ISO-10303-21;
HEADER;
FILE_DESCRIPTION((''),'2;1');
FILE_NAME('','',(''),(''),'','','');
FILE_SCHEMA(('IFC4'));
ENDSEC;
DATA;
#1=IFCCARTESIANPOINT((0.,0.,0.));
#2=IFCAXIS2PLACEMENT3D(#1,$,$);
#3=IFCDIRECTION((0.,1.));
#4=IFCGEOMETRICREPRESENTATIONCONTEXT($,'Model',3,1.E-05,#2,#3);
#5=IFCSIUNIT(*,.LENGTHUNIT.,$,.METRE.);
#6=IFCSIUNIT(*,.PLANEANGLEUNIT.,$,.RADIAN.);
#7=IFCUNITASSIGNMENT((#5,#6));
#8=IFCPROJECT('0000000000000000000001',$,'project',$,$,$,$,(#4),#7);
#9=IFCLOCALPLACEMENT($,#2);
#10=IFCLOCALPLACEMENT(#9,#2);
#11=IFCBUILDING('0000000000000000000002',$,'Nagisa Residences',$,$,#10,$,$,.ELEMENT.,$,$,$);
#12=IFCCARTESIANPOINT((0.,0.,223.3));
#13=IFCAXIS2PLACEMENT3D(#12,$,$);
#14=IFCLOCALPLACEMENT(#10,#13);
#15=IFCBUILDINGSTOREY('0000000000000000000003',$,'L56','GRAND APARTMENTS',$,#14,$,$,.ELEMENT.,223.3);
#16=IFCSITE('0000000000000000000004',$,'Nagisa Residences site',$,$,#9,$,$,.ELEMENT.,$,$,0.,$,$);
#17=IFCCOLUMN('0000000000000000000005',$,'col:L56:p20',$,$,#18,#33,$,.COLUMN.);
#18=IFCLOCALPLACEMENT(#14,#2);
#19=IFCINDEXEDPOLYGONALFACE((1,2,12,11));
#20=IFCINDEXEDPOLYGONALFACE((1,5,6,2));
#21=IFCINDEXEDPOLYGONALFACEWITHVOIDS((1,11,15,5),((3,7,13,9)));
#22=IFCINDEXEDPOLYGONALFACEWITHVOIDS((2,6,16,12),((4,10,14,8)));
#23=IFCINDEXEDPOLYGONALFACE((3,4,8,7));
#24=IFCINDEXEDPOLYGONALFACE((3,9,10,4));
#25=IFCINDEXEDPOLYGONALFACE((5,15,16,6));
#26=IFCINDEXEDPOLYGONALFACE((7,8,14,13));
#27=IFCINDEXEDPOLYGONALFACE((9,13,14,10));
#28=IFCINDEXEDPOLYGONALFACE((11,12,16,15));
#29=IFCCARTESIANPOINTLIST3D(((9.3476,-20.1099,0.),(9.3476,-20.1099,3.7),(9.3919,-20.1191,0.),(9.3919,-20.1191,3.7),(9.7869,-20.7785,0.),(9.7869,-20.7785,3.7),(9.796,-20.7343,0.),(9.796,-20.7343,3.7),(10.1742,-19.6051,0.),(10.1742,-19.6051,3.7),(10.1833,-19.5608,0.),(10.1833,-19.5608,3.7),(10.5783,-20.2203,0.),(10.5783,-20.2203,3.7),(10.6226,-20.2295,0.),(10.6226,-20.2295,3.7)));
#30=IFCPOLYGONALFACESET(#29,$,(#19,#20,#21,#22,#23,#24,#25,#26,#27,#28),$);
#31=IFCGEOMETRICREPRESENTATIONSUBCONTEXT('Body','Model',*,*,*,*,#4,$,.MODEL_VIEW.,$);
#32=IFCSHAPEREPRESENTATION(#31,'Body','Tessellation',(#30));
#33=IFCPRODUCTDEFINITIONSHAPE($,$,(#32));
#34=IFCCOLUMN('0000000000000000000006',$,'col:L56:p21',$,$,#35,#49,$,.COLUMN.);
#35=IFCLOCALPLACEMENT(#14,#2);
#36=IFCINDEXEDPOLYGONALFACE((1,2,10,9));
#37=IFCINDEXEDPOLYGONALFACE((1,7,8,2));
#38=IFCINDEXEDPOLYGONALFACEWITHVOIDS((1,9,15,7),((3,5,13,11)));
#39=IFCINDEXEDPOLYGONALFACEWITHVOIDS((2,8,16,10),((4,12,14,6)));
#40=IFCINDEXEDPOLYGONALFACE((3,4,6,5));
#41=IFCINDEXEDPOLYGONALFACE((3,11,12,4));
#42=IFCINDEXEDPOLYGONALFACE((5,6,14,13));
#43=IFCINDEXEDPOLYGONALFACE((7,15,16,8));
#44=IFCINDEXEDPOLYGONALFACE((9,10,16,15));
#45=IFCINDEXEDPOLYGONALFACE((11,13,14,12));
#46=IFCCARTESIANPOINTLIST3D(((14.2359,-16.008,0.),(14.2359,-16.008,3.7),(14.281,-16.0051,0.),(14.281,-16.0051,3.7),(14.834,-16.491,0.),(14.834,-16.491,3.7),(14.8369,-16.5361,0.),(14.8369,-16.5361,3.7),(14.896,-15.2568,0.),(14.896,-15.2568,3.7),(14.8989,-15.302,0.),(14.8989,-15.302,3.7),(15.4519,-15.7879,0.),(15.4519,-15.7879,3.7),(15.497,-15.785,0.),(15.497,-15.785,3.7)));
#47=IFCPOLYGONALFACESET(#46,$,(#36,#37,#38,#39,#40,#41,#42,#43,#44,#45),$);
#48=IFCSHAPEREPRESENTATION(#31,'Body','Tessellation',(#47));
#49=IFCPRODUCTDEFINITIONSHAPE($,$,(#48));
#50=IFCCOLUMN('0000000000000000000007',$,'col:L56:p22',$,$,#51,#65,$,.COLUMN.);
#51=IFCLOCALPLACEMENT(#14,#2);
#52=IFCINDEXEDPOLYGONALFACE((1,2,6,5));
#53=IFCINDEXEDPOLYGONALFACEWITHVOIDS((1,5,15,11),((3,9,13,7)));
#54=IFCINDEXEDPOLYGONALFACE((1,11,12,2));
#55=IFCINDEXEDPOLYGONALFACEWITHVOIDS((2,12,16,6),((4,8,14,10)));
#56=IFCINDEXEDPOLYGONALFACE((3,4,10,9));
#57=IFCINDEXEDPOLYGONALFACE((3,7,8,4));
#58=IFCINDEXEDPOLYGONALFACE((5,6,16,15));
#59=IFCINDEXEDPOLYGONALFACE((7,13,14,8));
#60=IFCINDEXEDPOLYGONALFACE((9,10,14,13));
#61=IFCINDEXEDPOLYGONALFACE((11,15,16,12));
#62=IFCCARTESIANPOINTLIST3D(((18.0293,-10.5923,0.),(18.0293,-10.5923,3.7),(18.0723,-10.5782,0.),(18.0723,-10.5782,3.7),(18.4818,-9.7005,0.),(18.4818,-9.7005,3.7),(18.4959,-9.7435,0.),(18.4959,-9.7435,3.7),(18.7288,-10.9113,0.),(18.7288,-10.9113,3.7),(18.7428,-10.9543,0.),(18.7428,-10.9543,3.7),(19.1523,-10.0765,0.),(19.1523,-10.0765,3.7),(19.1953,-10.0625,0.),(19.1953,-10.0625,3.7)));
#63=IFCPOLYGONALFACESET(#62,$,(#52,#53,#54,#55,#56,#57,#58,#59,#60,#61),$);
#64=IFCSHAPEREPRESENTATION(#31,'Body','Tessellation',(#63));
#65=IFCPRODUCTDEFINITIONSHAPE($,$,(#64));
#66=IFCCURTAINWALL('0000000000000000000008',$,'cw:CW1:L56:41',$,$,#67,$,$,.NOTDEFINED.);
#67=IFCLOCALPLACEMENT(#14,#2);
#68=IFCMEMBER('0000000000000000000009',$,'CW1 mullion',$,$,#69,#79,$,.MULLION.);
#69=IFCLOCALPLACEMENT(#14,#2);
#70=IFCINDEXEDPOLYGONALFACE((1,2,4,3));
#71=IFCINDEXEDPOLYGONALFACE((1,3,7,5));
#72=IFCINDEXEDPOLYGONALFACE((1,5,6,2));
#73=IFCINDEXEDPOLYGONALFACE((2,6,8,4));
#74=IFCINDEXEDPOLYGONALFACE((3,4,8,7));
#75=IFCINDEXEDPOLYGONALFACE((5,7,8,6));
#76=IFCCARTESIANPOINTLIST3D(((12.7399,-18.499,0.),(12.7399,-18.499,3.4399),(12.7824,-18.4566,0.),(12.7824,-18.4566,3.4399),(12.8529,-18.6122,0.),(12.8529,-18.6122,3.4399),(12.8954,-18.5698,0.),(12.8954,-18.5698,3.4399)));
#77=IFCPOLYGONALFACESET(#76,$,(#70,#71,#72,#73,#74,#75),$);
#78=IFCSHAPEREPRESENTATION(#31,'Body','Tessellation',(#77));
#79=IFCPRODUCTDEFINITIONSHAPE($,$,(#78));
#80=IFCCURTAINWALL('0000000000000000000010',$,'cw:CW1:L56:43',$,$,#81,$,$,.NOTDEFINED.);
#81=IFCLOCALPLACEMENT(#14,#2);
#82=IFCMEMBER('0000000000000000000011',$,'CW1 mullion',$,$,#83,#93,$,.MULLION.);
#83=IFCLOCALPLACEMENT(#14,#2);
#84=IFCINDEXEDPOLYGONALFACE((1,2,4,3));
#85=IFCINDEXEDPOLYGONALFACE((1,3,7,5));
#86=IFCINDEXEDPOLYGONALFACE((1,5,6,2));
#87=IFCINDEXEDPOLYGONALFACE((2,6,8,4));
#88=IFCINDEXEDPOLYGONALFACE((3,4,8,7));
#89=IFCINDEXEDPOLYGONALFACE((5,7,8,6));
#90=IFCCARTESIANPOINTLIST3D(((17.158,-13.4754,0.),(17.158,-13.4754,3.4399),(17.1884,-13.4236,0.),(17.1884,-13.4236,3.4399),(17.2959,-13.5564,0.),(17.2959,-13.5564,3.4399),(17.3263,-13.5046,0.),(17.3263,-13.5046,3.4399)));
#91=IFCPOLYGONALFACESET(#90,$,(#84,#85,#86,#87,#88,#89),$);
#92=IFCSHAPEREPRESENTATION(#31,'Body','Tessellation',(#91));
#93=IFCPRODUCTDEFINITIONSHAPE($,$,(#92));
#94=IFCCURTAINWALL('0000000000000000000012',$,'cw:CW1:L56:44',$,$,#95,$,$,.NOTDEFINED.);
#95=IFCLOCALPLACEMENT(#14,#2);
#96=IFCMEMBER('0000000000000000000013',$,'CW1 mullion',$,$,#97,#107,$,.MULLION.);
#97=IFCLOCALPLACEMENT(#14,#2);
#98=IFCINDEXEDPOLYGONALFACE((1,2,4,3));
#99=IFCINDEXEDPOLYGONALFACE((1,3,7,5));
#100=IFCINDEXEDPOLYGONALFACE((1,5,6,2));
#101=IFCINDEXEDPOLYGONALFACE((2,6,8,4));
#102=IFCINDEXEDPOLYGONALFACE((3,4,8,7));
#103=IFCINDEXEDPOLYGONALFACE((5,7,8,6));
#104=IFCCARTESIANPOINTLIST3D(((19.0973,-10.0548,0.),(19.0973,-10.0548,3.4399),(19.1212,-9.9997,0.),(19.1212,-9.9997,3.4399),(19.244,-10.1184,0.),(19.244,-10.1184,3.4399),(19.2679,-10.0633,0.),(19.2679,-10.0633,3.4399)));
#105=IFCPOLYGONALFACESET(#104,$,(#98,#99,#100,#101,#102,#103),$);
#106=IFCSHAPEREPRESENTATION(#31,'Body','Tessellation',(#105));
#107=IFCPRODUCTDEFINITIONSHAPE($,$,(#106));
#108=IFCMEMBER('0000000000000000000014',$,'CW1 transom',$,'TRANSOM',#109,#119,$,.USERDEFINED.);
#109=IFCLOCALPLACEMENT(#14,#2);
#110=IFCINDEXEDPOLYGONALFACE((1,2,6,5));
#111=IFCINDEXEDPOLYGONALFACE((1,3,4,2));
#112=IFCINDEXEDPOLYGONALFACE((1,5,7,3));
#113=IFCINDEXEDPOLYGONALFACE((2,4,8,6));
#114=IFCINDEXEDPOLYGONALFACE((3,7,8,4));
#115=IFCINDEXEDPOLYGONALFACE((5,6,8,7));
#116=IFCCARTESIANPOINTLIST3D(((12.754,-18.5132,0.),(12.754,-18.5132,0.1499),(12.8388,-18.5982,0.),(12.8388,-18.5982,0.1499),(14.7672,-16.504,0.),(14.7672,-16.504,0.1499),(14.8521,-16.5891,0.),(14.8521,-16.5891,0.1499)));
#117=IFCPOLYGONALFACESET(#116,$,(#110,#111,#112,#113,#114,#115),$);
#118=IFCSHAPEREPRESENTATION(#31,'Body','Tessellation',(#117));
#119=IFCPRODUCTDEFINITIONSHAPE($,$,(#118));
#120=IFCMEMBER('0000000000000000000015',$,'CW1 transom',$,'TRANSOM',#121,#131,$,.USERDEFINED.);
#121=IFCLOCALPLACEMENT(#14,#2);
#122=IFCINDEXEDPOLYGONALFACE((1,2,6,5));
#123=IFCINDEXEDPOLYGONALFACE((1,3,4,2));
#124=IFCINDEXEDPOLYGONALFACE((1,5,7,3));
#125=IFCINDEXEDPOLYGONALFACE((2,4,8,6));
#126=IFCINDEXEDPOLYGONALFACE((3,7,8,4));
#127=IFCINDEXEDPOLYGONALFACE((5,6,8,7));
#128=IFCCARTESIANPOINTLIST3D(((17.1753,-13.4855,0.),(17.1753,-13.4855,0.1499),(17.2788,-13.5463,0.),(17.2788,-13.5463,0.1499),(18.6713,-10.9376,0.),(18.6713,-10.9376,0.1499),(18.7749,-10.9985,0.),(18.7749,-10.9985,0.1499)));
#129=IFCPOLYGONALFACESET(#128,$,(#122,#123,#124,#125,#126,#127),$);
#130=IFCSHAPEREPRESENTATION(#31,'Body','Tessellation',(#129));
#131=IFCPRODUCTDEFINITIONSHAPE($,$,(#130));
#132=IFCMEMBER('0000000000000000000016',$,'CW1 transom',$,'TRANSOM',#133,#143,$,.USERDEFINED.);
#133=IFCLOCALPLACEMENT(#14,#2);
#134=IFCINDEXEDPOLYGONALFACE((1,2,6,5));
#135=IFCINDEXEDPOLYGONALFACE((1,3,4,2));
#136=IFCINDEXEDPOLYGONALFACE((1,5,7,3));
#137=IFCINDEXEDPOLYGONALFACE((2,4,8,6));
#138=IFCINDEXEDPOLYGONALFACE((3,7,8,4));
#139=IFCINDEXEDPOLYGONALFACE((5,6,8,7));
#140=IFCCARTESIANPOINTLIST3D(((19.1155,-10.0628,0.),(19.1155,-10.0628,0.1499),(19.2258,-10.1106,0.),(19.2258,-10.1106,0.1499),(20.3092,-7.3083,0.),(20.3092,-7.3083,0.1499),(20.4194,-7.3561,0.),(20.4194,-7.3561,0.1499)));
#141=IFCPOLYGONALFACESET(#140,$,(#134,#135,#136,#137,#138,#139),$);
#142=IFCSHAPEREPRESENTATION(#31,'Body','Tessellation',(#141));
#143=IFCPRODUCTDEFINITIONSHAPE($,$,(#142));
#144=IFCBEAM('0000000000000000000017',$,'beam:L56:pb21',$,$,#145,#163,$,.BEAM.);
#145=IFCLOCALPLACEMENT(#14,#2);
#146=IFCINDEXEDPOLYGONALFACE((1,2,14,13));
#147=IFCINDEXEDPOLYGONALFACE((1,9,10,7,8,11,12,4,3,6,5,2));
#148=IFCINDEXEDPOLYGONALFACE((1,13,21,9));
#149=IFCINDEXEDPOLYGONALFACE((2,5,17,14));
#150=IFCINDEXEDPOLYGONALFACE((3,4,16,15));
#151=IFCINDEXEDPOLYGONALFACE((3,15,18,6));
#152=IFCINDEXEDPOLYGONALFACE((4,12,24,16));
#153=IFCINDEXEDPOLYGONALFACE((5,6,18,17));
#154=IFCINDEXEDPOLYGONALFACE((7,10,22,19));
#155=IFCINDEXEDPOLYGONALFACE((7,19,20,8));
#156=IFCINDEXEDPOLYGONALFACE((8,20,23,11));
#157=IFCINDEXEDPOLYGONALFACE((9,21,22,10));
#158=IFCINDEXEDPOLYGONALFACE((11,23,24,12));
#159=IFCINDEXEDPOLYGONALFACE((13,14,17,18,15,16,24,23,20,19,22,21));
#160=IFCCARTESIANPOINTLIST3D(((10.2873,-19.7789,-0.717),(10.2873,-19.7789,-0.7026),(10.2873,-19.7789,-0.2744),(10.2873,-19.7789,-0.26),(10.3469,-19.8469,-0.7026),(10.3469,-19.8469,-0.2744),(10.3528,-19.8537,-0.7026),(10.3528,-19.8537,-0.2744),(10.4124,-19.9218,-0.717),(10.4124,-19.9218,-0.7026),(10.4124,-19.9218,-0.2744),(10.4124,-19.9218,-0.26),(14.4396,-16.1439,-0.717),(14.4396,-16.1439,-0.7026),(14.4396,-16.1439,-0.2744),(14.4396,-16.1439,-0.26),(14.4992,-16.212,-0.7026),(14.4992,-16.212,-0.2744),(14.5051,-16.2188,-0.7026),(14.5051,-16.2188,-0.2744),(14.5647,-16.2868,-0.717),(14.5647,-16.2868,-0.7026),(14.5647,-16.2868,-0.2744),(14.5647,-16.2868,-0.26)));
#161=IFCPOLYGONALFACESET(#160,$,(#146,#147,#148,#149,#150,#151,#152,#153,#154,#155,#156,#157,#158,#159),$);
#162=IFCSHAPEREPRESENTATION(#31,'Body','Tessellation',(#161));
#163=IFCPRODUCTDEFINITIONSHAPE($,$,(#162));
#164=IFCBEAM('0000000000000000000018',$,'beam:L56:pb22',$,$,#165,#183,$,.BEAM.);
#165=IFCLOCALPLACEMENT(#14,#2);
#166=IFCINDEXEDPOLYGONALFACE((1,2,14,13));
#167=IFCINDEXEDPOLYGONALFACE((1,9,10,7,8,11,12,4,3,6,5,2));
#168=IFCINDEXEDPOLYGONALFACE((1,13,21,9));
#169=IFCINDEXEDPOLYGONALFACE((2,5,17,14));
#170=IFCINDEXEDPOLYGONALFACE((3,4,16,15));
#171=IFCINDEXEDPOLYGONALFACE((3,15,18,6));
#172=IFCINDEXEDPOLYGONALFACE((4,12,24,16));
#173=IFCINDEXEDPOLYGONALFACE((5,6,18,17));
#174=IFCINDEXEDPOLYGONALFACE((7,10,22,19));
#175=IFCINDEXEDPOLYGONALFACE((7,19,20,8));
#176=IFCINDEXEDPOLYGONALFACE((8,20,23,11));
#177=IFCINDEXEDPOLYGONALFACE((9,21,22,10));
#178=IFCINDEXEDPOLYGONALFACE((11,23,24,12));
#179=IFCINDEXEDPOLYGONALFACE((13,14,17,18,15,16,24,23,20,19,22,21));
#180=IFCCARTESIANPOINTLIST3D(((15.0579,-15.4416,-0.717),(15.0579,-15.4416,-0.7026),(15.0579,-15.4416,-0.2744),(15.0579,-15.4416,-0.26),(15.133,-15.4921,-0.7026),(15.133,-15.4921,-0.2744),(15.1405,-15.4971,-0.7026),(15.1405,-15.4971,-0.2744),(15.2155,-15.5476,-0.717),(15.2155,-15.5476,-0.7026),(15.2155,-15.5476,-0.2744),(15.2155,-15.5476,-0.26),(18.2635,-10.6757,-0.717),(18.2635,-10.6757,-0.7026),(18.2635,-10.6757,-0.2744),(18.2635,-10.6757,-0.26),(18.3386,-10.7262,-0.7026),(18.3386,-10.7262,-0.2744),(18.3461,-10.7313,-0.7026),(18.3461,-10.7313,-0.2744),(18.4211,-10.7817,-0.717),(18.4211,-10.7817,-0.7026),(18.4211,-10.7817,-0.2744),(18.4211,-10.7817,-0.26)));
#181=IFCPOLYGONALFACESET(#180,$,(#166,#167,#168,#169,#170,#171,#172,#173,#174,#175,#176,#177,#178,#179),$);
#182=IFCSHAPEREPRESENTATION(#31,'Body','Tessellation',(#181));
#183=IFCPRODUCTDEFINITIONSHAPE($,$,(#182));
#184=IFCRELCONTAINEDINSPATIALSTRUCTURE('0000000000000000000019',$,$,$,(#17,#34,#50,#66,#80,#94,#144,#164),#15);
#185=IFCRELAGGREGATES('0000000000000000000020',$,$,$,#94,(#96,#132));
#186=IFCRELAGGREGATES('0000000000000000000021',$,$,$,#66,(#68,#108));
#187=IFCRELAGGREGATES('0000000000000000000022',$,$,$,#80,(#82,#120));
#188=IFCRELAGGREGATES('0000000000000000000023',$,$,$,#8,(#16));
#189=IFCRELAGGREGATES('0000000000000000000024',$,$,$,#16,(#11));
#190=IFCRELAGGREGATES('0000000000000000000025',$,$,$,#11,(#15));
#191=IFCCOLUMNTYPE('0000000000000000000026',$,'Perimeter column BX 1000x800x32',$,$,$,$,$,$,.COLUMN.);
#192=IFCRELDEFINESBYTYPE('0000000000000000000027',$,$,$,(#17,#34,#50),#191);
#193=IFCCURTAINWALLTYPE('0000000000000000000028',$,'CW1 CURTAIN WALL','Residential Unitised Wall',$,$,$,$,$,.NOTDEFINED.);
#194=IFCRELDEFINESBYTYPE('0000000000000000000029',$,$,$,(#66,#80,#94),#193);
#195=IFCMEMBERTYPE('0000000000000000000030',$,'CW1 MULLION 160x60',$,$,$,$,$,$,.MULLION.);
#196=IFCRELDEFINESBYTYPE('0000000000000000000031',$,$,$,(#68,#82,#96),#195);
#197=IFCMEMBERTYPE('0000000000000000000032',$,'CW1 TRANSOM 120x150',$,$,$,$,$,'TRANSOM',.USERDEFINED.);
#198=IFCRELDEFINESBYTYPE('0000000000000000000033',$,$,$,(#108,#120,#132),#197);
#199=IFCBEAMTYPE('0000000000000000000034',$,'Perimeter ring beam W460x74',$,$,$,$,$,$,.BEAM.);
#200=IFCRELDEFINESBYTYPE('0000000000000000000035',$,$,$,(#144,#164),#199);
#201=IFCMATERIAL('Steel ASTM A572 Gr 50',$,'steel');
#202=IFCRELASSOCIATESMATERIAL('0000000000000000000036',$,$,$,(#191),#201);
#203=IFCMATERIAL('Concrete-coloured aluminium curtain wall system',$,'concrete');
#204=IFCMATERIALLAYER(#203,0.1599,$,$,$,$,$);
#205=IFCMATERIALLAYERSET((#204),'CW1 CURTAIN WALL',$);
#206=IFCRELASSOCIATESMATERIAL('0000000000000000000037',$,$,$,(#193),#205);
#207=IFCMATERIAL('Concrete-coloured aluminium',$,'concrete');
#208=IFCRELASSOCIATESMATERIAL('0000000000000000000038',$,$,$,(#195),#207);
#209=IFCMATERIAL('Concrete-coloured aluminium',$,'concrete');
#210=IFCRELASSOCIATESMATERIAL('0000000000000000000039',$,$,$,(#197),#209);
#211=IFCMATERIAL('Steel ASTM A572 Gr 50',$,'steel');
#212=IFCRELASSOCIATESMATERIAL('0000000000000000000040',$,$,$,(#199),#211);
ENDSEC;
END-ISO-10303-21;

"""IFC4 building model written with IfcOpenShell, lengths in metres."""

from ifc_helpers import new_model, si_unit, direction, frame, origin, origin_2d, place, context, subcontext, project, spatial, rectangle, hollow_rectangle, i_section, extrude, material, layer, layer_set, material_profile, profile_set, type_object, element, aggregate, save


model = new_model("IFC4")

# Units and contexts
model_context = context("Model", 3, precision=1e-05, world=origin(), true_north=direction((0.0, 1.0)))
body_context = subcontext(model_context, "Body", "Model", "MODEL_VIEW")
ifc_project = project(units=[si_unit("LENGTHUNIT", "METRE"), si_unit("PLANEANGLEUNIT", "RADIAN")], contexts=[model_context])

# Site, building, storey
site_placement = place(None, origin())
site = spatial("IfcSite", under=ifc_project, at=site_placement, Name="Nagisa Residences site", CompositionType="ELEMENT", RefElevation=0.0)
building_placement = place(site_placement, origin())
building = spatial("IfcBuilding", under=site, at=building_placement, Name="Nagisa Residences", CompositionType="ELEMENT")
storey_placement = place(building_placement, frame((0.0, 0.0, 223.3)))
storey = spatial("IfcBuildingStorey", under=building, at=storey_placement, Name="L56", Description="GRAND APARTMENTS", CompositionType="ELEMENT", Elevation=223.3)

# Columns
ifc_material_1 = material(Name="Steel ASTM A572 Gr 50", Category="steel")
ifc_material_profile_1 = material_profile(ifc_material_1, hollow_rectangle(XDim=1.0, YDim=0.8, WallThickness=0.032, at=origin_2d()), Name="BX 1000x800x32")
ifc_profile_set_1 = profile_set([ifc_material_profile_1], Name="Steel ASTM A572 Gr 50")
column_type = type_object("IfcColumnType", Name="Perimeter column BX 1000x800x32", PredefinedType="COLUMN", material=ifc_profile_set_1)
for number, where, z_axis, x_axis, name in (
    (1, (9.9851, -20.1697, 0.0), (0.0, 0.0, 1.0), (0.835766, 0.549086, 0.0), "col:L56:p20"),
    (2, (14.8665, -15.8965, 0.0), (0.0, 0.0, 1.0), (0.660115, 0.751165, 0.0), "col:L56:p21"),
    (3, (18.6123, -10.3274, 0.0), (0.0, 0.0, 1.0), (0.452463, 0.891783, 0.0), "col:L56:p22"),
):
    element("IfcColumn", number, at=place(storey_placement, frame(where, z_axis=z_axis, x_axis=x_axis)), inside=storey, type_object=column_type, Name=name, PredefinedType="COLUMN", context=body_context, shape_type="SweptSolid", body=[
        extrude(hollow_rectangle(XDim=1.0, YDim=0.8, WallThickness=0.032, at=origin_2d()), origin(), (0.0, 0.0, 1.0), 3.7),
    ])

# Curtain walls, members
ifc_material_2 = material(Name="Concrete-coloured aluminium curtain wall system", Category="concrete")
ifc_layer_1 = layer(ifc_material_2, 0.1599)
ifc_layer_set_1 = layer_set([ifc_layer_1], Name="CW1 CURTAIN WALL")
curtain_wall_type = type_object("IfcCurtainWallType", Name="CW1 CURTAIN WALL", Description="Residential Unitised Wall", PredefinedType="NOTDEFINED", material=ifc_layer_set_1)
curtain_wall_1_placement = place(storey_placement, origin())
curtain_wall_1 = element("IfcCurtainWall", 4, at=curtain_wall_1_placement, inside=storey, type_object=curtain_wall_type, Name="cw:CW1:L56:41", PredefinedType="NOTDEFINED")
ifc_material_3 = material(Name="Concrete-coloured aluminium", Category="concrete")
ifc_material_profile_2 = material_profile(ifc_material_3, rectangle(XDim=0.1599, YDim=0.0601, at=origin_2d()), Name="CW1 MULLION 160x60")
ifc_profile_set_2 = profile_set([ifc_material_profile_2], Name="Concrete-coloured aluminium")
member_type_1 = type_object("IfcMemberType", Name="CW1 MULLION 160x60", PredefinedType="MULLION", material=ifc_profile_set_2)
member_1_placement = place(storey_placement, frame((12.8176, -18.5344, 0.0), z_axis=(0.0, 0.0, 1.0), x_axis=(-0.706377, 0.707836, 0.0)))
member_1 = element("IfcMember", 5, at=member_1_placement, type_object=member_type_1, Name="CW1 mullion", PredefinedType="MULLION", context=body_context, shape_type="SweptSolid", body=[
    extrude(rectangle(XDim=0.1599, YDim=0.0601, at=origin_2d()), origin(), (0.0, 0.0, 1.0), 3.4399),
])
curtain_wall_2_placement = place(storey_placement, origin())
curtain_wall_2 = element("IfcCurtainWall", 6, at=curtain_wall_2_placement, inside=storey, type_object=curtain_wall_type, Name="cw:CW1:L56:43", PredefinedType="NOTDEFINED")
member_2_placement = place(storey_placement, frame((17.2422, -13.49, 0.0), z_axis=(0.0, 0.0, 1.0), x_axis=(-0.862329, 0.506349, 0.0)))
member_2 = element("IfcMember", 7, at=member_2_placement, type_object=member_type_1, Name="CW1 mullion", PredefinedType="MULLION", context=body_context, shape_type="SweptSolid", body=[
    extrude(rectangle(XDim=0.1599, YDim=0.0601, at=origin_2d()), origin(), (0.0, 0.0, 1.0), 3.4399),
])
curtain_wall_3_placement = place(storey_placement, origin())
curtain_wall_3 = element("IfcCurtainWall", 8, at=curtain_wall_3_placement, inside=storey, type_object=curtain_wall_type, Name="cw:CW1:L56:44", PredefinedType="NOTDEFINED")
member_3_placement = place(storey_placement, frame((19.1826, -10.0591, 0.0), z_axis=(0.0, 0.0, 1.0), x_axis=(-0.917543, 0.397636, 0.0)))
member_3 = element("IfcMember", 9, at=member_3_placement, type_object=member_type_1, Name="CW1 mullion", PredefinedType="MULLION", context=body_context, shape_type="SweptSolid", body=[
    extrude(rectangle(XDim=0.1599, YDim=0.0601, at=origin_2d()), origin(), (0.0, 0.0, 1.0), 3.4399),
])

# Members
ifc_material_4 = material(Name="Concrete-coloured aluminium", Category="concrete")
ifc_material_profile_3 = material_profile(ifc_material_4, rectangle(XDim=0.1201, YDim=0.1499, at=origin_2d()), Name="CW1 TRANSOM 120x150")
ifc_profile_set_3 = profile_set([ifc_material_profile_3], Name="Concrete-coloured aluminium")
member_type_2 = type_object("IfcMemberType", Name="CW1 TRANSOM 120x150", ElementType="TRANSOM", PredefinedType="USERDEFINED", material=ifc_profile_set_3)
member_4_placement = place(storey_placement, frame((12.7964, -18.5557, 0.075), z_axis=(0.707836, 0.706377, 0.0), x_axis=(-0.706377, 0.707836, 0.0)))
member_4 = element("IfcMember", 10, at=member_4_placement, type_object=member_type_2, Name="CW1 transom", ObjectType="TRANSOM", PredefinedType="USERDEFINED", context=body_context, shape_type="SweptSolid", body=[
    extrude(rectangle(XDim=0.1201, YDim=0.1499, at=origin_2d()), origin(), (0.0, 0.0, 1.0), 2.8442),
])
member_5_placement = place(storey_placement, frame((17.2271, -13.5159, 0.075), z_axis=(0.506356, 0.862325, 0.0), x_axis=(-0.862325, 0.506356, 0.0)))
member_5 = element("IfcMember", 11, at=member_5_placement, type_object=member_type_2, Name="CW1 transom", ObjectType="TRANSOM", PredefinedType="USERDEFINED", context=body_context, shape_type="SweptSolid", body=[
    extrude(rectangle(XDim=0.1201, YDim=0.1499, at=origin_2d()), origin(), (0.0, 0.0, 1.0), 2.9546),
])
member_6_placement = place(storey_placement, frame((19.1707, -10.0867, 0.075), z_axis=(0.397617, 0.917552, 0.0), x_axis=(-0.917552, 0.397617, 0.0)))
member_6 = element("IfcMember", 12, at=member_6_placement, type_object=member_type_2, Name="CW1 transom", ObjectType="TRANSOM", PredefinedType="USERDEFINED", context=body_context, shape_type="SweptSolid", body=[
    extrude(rectangle(XDim=0.1201, YDim=0.1499, at=origin_2d()), origin(), (0.0, 0.0, 1.0), 3.002),
])
aggregate(curtain_wall_3, [member_3, member_6])

# Beams
ifc_material_5 = material(Name="Steel ASTM A572 Gr 50", Category="steel")
ifc_material_profile_4 = material_profile(ifc_material_5, i_section(OverallWidth=0.1899, OverallDepth=0.457, WebThickness=0.009, FlangeThickness=0.0144, at=origin_2d()), Name="W460x74")
ifc_profile_set_4 = profile_set([ifc_material_profile_4], Name="Steel ASTM A572 Gr 50")
beam_type_1 = type_object("IfcBeamType", Name="Perimeter ring beam W460x74", PredefinedType="BEAM", material=ifc_profile_set_4)
beam_1_placement = place(storey_placement, frame((10.3499, -19.8503, -0.4885), z_axis=(0.752423, 0.65868, 0.0), x_axis=(-0.65868, 0.752423, 0.0)))
element("IfcBeam", 13, at=beam_1_placement, inside=storey, type_object=beam_type_1, Name="beam:L56:pb21", PredefinedType="BEAM", context=body_context, shape_type="SweptSolid", body=[
    extrude(i_section(OverallWidth=0.1899, OverallDepth=0.457, WebThickness=0.009, FlangeThickness=0.0144, at=origin_2d()), origin(), (0.0, 0.0, 1.0), 5.5186),
])
beam_2_placement = place(storey_placement, frame((15.1367, -15.4946, -0.4885), z_axis=(0.558109, 0.829768, 0.0), x_axis=(-0.829768, 0.558109, 0.0)))
element("IfcBeam", 14, at=beam_2_placement, inside=storey, type_object=beam_type_1, Name="beam:L56:pb22", PredefinedType="BEAM", context=body_context, shape_type="SweptSolid", body=[
    extrude(i_section(OverallWidth=0.1899, OverallDepth=0.457, WebThickness=0.009, FlangeThickness=0.0144, at=origin_2d()), origin(), (0.0, 0.0, 1.0), 5.7437),
])

aggregate(curtain_wall_1, [member_1, member_4])
aggregate(curtain_wall_2, [member_2, member_5])

save(model, "model.ifc")
